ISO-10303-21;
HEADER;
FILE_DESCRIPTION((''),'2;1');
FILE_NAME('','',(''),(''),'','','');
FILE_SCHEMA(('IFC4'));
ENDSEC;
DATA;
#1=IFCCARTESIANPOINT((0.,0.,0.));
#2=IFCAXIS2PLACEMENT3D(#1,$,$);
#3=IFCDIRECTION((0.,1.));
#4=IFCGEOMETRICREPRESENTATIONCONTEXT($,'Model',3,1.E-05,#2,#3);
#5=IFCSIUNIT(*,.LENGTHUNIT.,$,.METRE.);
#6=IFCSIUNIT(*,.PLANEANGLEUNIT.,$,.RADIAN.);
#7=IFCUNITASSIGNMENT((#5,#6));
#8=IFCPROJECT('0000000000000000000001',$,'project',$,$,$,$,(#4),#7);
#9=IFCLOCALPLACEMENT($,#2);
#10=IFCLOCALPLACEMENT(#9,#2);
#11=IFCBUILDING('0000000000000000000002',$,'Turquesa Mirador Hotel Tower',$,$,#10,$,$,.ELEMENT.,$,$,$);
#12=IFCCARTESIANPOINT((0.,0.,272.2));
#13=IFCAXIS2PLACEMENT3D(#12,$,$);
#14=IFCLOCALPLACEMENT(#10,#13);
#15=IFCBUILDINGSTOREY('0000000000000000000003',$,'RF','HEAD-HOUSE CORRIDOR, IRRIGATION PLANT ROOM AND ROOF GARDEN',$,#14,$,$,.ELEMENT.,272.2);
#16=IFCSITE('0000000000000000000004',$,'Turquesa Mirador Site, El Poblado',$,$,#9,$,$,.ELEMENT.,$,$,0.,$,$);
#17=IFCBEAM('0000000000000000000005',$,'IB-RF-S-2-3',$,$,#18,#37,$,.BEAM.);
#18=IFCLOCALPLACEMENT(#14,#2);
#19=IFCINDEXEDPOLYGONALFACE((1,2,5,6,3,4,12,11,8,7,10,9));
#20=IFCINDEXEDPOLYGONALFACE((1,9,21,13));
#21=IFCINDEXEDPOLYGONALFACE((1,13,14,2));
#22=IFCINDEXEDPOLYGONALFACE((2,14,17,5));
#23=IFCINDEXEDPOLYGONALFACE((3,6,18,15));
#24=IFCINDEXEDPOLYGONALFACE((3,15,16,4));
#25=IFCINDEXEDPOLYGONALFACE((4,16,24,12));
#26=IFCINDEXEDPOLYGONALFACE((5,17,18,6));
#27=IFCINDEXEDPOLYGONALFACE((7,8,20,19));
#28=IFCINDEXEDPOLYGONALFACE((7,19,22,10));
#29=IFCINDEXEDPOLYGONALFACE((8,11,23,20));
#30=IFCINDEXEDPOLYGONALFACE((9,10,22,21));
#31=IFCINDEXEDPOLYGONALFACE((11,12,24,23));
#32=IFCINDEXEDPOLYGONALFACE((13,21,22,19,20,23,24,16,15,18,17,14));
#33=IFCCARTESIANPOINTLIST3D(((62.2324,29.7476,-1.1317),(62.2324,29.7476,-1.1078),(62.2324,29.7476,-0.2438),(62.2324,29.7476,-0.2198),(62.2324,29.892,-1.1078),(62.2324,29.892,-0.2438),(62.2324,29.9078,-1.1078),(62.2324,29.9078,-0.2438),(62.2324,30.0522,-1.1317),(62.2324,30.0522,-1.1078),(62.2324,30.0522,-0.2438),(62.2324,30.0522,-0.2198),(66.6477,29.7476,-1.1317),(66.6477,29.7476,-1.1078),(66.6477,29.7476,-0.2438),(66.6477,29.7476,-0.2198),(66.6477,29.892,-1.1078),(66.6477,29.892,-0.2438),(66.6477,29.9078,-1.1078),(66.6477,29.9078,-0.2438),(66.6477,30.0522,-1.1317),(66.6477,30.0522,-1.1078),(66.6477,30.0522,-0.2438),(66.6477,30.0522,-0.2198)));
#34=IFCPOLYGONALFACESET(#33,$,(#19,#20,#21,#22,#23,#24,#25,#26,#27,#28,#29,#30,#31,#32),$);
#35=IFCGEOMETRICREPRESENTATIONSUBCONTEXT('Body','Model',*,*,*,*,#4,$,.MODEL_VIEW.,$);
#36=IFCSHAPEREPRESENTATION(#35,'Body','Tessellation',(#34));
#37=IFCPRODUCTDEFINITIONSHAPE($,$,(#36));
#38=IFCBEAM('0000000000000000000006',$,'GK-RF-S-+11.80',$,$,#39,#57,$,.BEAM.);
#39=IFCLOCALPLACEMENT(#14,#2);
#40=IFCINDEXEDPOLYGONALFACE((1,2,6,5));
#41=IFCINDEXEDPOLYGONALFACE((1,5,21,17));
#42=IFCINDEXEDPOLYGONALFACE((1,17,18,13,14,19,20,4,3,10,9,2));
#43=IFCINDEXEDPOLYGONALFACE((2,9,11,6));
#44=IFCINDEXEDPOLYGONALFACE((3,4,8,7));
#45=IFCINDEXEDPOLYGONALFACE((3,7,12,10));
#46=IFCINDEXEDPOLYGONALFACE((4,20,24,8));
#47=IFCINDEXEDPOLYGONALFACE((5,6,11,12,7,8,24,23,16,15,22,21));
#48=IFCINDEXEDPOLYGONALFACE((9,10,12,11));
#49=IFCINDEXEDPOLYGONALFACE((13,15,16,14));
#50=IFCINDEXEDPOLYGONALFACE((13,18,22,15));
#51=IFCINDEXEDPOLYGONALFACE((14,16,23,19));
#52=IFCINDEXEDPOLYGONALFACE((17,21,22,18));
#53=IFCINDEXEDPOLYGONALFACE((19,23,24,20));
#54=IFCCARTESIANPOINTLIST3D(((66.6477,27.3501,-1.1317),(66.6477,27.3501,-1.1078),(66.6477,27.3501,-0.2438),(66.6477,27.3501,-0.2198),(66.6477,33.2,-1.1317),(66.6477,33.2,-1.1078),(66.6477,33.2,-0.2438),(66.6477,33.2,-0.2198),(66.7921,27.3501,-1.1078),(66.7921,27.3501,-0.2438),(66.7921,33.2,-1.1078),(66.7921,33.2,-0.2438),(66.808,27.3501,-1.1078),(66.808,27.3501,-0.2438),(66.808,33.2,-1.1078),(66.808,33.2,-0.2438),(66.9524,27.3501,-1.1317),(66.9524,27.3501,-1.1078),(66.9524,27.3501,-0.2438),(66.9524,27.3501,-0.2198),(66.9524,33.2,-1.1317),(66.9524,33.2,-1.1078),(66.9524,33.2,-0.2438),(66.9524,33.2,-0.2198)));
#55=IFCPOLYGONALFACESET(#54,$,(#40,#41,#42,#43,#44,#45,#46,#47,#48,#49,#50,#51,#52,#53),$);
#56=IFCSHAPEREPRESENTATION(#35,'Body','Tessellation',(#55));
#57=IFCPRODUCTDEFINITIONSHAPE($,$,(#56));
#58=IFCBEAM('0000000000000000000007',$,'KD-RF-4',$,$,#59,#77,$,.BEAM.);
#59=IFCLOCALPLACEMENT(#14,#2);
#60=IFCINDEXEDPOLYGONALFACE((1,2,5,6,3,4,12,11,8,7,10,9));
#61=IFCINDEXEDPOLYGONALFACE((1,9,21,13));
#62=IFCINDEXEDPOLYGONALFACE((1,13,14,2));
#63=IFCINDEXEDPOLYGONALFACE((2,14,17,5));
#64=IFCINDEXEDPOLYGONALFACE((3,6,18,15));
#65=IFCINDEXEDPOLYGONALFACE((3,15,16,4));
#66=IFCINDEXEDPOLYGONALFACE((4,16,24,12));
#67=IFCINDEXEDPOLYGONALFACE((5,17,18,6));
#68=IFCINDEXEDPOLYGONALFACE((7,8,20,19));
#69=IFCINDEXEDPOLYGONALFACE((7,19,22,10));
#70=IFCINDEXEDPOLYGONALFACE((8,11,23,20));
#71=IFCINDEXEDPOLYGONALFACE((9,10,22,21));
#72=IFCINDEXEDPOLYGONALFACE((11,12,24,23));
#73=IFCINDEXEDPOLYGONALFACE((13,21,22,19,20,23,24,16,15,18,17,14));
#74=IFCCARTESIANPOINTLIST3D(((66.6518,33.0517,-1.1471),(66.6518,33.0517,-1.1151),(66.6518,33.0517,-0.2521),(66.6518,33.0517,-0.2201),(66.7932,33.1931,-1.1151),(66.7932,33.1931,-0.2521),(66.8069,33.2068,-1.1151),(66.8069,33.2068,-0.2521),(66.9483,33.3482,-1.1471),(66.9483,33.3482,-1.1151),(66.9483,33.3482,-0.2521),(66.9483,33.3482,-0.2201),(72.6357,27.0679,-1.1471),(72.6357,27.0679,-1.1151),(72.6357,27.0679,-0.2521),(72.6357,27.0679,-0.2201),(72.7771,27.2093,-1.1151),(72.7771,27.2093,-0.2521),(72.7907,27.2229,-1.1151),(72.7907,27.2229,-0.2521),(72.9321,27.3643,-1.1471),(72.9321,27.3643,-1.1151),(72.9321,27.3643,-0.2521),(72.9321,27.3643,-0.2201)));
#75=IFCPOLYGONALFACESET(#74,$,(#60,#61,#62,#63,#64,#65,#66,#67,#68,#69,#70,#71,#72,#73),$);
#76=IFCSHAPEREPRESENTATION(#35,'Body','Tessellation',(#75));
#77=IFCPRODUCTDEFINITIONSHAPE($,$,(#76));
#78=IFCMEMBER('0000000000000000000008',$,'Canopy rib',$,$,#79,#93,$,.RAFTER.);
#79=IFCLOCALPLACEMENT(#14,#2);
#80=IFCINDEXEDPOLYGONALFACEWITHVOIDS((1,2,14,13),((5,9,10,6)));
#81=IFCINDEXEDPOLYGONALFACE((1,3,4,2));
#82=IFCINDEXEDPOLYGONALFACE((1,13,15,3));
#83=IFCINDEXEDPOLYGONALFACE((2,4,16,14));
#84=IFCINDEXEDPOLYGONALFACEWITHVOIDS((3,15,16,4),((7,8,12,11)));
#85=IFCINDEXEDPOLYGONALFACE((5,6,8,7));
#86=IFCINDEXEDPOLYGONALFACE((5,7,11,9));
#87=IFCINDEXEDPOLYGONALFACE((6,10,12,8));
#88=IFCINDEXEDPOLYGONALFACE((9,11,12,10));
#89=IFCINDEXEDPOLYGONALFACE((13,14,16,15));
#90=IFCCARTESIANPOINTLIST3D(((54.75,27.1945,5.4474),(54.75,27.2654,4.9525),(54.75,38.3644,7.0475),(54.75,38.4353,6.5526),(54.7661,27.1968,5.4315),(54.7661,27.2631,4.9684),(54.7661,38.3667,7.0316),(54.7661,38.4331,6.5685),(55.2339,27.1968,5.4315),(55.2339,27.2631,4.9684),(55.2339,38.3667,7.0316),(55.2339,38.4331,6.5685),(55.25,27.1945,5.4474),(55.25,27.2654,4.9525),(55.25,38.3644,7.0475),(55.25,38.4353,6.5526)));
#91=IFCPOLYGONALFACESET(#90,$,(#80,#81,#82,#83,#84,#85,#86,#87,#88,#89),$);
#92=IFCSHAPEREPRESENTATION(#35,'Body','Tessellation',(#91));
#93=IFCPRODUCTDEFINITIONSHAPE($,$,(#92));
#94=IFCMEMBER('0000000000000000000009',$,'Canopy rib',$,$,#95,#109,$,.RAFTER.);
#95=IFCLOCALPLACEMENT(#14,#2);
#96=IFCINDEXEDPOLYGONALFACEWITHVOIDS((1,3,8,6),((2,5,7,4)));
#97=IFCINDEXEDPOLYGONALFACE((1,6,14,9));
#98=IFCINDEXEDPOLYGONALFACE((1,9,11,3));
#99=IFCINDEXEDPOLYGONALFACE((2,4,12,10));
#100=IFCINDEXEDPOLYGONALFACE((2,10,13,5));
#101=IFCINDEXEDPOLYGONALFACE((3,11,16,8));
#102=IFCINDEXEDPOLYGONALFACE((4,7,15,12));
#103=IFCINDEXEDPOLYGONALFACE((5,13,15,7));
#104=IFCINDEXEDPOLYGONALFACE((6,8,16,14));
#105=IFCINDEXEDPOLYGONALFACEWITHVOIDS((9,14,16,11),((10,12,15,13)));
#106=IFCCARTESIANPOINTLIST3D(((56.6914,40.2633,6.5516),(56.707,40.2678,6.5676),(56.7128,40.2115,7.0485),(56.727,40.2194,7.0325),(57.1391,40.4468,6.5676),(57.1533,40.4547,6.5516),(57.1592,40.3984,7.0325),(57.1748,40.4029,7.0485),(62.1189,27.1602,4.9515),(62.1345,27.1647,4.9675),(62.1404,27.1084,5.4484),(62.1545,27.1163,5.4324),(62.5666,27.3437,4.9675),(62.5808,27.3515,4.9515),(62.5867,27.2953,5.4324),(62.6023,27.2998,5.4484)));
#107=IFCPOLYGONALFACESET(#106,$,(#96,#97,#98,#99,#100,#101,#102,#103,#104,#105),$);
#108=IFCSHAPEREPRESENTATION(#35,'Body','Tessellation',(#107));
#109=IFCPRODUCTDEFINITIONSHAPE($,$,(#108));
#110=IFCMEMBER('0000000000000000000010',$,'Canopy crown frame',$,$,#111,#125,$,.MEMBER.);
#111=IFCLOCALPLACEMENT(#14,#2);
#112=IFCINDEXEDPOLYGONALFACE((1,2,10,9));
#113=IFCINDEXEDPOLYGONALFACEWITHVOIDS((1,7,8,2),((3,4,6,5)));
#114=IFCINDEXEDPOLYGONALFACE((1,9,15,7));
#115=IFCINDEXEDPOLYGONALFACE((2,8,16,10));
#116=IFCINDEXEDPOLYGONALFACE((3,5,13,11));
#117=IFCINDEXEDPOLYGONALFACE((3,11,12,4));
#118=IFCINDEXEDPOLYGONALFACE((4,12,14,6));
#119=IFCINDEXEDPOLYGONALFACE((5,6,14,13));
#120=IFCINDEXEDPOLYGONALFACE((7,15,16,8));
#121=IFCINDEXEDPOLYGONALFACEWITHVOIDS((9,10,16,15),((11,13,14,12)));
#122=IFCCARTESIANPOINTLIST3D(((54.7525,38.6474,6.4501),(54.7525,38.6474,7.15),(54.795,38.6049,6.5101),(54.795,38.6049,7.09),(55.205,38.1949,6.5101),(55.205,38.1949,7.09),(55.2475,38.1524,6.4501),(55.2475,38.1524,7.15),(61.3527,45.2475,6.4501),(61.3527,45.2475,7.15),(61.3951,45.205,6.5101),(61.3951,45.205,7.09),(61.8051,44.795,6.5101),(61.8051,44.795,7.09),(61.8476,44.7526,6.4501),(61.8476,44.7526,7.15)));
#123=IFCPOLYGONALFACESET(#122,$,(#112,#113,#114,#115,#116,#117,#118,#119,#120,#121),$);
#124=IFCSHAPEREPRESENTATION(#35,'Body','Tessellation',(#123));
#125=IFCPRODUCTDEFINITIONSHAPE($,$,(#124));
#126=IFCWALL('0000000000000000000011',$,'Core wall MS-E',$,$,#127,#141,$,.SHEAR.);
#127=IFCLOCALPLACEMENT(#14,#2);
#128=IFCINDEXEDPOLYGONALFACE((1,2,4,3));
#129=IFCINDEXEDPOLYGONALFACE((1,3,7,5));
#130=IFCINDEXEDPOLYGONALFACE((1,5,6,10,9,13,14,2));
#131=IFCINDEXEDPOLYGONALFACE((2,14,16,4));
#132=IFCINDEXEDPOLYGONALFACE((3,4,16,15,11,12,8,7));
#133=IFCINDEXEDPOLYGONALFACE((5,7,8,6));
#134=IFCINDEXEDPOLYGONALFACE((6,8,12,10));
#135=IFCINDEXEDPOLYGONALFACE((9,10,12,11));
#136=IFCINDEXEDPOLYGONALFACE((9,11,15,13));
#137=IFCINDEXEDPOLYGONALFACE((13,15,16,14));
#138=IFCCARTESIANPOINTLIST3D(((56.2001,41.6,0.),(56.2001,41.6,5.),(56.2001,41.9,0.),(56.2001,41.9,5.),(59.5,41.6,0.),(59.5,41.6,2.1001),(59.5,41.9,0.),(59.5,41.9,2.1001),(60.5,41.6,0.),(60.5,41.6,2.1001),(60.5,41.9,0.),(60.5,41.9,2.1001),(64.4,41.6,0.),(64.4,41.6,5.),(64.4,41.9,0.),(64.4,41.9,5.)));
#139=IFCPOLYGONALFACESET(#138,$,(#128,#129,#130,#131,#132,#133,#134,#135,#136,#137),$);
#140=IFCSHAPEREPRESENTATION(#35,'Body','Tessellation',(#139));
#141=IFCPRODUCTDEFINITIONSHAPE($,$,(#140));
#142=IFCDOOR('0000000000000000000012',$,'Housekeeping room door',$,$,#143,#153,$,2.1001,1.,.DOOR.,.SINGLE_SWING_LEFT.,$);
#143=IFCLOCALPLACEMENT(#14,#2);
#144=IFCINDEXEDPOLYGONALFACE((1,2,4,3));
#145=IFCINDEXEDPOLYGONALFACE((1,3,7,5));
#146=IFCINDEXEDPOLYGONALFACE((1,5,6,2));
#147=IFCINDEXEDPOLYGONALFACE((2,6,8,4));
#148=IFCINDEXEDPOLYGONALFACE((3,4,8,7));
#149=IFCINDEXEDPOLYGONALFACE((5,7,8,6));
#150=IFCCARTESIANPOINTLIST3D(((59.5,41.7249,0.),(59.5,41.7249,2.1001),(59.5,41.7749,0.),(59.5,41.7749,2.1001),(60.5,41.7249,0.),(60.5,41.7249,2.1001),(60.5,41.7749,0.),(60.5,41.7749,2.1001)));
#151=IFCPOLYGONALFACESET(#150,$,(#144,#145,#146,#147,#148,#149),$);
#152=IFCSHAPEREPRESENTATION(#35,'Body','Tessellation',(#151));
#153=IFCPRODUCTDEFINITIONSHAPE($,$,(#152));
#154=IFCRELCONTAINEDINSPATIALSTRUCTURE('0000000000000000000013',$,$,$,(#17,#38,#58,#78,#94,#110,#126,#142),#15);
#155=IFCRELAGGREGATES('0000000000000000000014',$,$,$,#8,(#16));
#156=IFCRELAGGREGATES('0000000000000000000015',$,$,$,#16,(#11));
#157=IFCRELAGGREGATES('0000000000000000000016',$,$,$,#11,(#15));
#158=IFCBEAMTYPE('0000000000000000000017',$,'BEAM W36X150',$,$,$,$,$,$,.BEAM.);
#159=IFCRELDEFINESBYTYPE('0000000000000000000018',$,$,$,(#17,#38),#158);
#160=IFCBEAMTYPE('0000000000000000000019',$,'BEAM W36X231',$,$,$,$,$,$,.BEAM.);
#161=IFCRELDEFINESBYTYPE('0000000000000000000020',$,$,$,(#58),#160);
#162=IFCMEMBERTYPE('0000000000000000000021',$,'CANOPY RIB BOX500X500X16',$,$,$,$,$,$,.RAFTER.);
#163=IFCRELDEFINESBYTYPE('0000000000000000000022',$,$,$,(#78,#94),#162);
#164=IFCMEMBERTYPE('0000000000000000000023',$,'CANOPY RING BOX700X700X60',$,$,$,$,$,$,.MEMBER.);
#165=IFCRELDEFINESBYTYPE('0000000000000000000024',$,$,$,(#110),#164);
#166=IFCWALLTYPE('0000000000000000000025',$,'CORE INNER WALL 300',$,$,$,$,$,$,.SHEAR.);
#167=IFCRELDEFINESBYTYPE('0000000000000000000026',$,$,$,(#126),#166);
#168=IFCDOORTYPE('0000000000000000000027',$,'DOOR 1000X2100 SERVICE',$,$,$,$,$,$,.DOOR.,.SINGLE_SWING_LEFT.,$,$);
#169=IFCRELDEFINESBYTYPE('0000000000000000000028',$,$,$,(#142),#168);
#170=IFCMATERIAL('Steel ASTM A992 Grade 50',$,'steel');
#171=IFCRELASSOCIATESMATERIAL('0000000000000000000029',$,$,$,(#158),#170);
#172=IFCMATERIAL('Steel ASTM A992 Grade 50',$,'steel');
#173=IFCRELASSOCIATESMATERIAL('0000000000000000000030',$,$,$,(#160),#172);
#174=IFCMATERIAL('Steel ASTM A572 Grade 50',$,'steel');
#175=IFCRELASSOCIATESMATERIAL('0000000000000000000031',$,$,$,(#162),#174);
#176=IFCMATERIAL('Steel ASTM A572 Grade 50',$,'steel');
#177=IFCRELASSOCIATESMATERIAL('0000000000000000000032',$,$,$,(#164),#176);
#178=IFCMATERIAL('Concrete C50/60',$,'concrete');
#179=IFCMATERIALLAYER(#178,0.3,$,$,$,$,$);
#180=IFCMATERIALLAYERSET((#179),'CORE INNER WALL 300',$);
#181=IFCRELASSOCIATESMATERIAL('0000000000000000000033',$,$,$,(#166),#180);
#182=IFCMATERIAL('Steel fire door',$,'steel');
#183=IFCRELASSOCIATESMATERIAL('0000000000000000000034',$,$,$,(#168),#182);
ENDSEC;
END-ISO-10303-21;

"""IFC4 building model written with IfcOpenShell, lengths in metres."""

from ifc_helpers import new_model, si_unit, direction, frame, frame_2d, origin, origin_2d, place, context, subcontext, project, spatial, rectangle, hollow_rectangle, i_section, extrude, material, layer, layer_set, material_profile, profile_set, type_object, element, fill, save


model = new_model("IFC4")

# Units and contexts
model_context = context("Model", 3, precision=1e-05, world=origin(), true_north=direction((0.0, 1.0)))
body_context = subcontext(model_context, "Body", "Model", "MODEL_VIEW")
ifc_project = project(units=[si_unit("LENGTHUNIT", "METRE"), si_unit("PLANEANGLEUNIT", "RADIAN")], contexts=[model_context])

# Site, building, storey
site_placement = place(None, origin())
site = spatial("IfcSite", under=ifc_project, at=site_placement, Name="Turquesa Mirador Site, El Poblado", CompositionType="ELEMENT", RefElevation=0.0)
building_placement = place(site_placement, origin())
building = spatial("IfcBuilding", under=site, at=building_placement, Name="Turquesa Mirador Hotel Tower", CompositionType="ELEMENT")
storey_placement = place(building_placement, frame((0.0, 0.0, 272.2)))
storey = spatial("IfcBuildingStorey", under=building, at=storey_placement, Name="RF", Description="HEAD-HOUSE CORRIDOR, IRRIGATION PLANT ROOM AND ROOF GARDEN", CompositionType="ELEMENT", Elevation=272.2)

# Beams
ifc_material_1 = material(Name="Steel ASTM A992 Grade 50", Category="steel")
ifc_material_profile_1 = material_profile(ifc_material_1, i_section(OverallWidth=0.3047, OverallDepth=0.9119, WebThickness=0.0159, FlangeThickness=0.0239, at=origin_2d()), Name="W36X150")
ifc_profile_set_1 = profile_set([ifc_material_profile_1], Name="Steel ASTM A992 Grade 50")
beam_type_1 = type_object("IfcBeamType", Name="BEAM W36X150", PredefinedType="BEAM", material=ifc_profile_set_1)
beam_1_placement = place(storey_placement, frame((62.2324, 29.8999, -0.6758), z_axis=(1.0, 0.0, 0.0), x_axis=(0.0, 1.0, 0.0)))
element("IfcBeam", 1, at=beam_1_placement, inside=storey, type_object=beam_type_1, Name="IB-RF-S-2-3", PredefinedType="BEAM", context=body_context, shape_type="SweptSolid", body=[
    extrude(i_section(OverallWidth=0.3047, OverallDepth=0.9119, WebThickness=0.0159, FlangeThickness=0.0239, at=origin_2d()), origin(), (0.0, 0.0, 1.0), 4.4153),
])
beam_2_placement = place(storey_placement, frame((66.8, 27.3501, -0.6758), z_axis=(0.0, 1.0, 0.0), x_axis=(-1.0, 0.0, 0.0)))
element("IfcBeam", 2, at=beam_2_placement, inside=storey, type_object=beam_type_1, Name="GK-RF-S-+11.80", PredefinedType="BEAM", context=body_context, shape_type="SweptSolid", body=[
    extrude(i_section(OverallWidth=0.3047, OverallDepth=0.9119, WebThickness=0.0159, FlangeThickness=0.0239, at=origin_2d()), origin(), (0.0, 0.0, 1.0), 5.8499),
])
ifc_material_2 = material(Name="Steel ASTM A992 Grade 50", Category="steel")
ifc_material_profile_2 = material_profile(ifc_material_2, i_section(OverallWidth=0.4192, OverallDepth=0.927, WebThickness=0.0193, FlangeThickness=0.032, at=origin_2d()), Name="W36X231")
ifc_profile_set_2 = profile_set([ifc_material_profile_2], Name="Steel ASTM A992 Grade 50")
beam_type_2 = type_object("IfcBeamType", Name="BEAM W36X231", PredefinedType="BEAM", material=ifc_profile_set_2)
beam_3_placement = place(storey_placement, frame((66.8, 33.2, -0.6836), z_axis=(0.707107, -0.707107, 0.0), x_axis=(0.707107, 0.707107, 0.0)))
element("IfcBeam", 3, at=beam_3_placement, inside=storey, type_object=beam_type_2, Name="KD-RF-4", PredefinedType="BEAM", context=body_context, shape_type="SweptSolid", body=[
    extrude(i_section(OverallWidth=0.4192, OverallDepth=0.927, WebThickness=0.0193, FlangeThickness=0.032, at=origin_2d()), origin(), (0.0, 0.0, 1.0), 8.4624),
])

# Members
ifc_material_3 = material(Name="Steel ASTM A572 Grade 50", Category="steel")
ifc_material_profile_3 = material_profile(ifc_material_3, hollow_rectangle(XDim=0.5, YDim=0.5, WallThickness=0.0161, at=origin_2d()), Name="BOX500X500X16")
ifc_profile_set_3 = profile_set([ifc_material_profile_3], Name="Steel ASTM A572 Grade 50")
member_type_1 = type_object("IfcMemberType", Name="CANOPY RIB BOX500X500X16", PredefinedType="RAFTER", material=ifc_profile_set_3)
member_1_placement = place(storey_placement, frame((55.0, 27.23, 5.2), z_axis=(0.0, 0.989895, 0.141803), x_axis=(-1.0, 0.0, 0.0)))
element("IfcMember", 4, at=member_1_placement, inside=storey, type_object=member_type_1, Name="Canopy rib", PredefinedType="RAFTER", context=body_context, shape_type="SweptSolid", body=[
    extrude(hollow_rectangle(XDim=0.5, YDim=0.5, WallThickness=0.0161, at=origin_2d()), origin(), (0.0, 0.0, 1.0), 11.2839),
])
member_2_placement = place(storey_placement, frame((62.3606, 27.23, 5.2), z_axis=(-0.380273, 0.918054, 0.11211), x_axis=(-0.923879, -0.382686, 0.0)))
element("IfcMember", 5, at=member_2_placement, inside=storey, type_object=member_type_1, Name="Canopy rib", PredefinedType="RAFTER", context=body_context, shape_type="SweptSolid", body=[
    extrude(hollow_rectangle(XDim=0.5, YDim=0.5, WallThickness=0.0161, at=origin_2d()), origin(), (0.0, 0.0, 1.0), 14.2727),
])
ifc_material_4 = material(Name="Steel ASTM A572 Grade 50", Category="steel")
ifc_material_profile_4 = material_profile(ifc_material_4, hollow_rectangle(XDim=0.7, YDim=0.7, WallThickness=0.0601, at=origin_2d()), Name="BOX700X700X60")
ifc_profile_set_4 = profile_set([ifc_material_profile_4], Name="Steel ASTM A572 Grade 50")
member_type_2 = type_object("IfcMemberType", Name="CANOPY RING BOX700X700X60", PredefinedType="MEMBER", material=ifc_profile_set_4)
member_3_placement = place(storey_placement, frame((55.0, 38.3999, 6.8), z_axis=(0.707107, 0.707107, 0.0), x_axis=(-0.707107, 0.707107, 0.0)))
element("IfcMember", 6, at=member_3_placement, inside=storey, type_object=member_type_2, Name="Canopy crown frame", PredefinedType="MEMBER", context=body_context, shape_type="SweptSolid", body=[
    extrude(hollow_rectangle(XDim=0.7, YDim=0.7, WallThickness=0.0601, at=origin_2d()), origin(), (0.0, 0.0, 1.0), 9.334),
])

# Wall, opening, door
ifc_material_5 = material(Name="Concrete C50/60", Category="concrete")
ifc_layer_1 = layer(ifc_material_5, 0.3)
ifc_layer_set_1 = layer_set([ifc_layer_1], Name="CORE INNER WALL 300")
wall_type_1 = type_object("IfcWallType", Name="CORE INNER WALL 300", PredefinedType="SHEAR", material=ifc_layer_set_1)
wall_1_placement = place(storey_placement, frame((56.2, 41.75, 0.0), z_axis=(0.0, 0.0, 1.0), x_axis=(1.0, 0.0, 0.0)))
wall_1 = element("IfcWall", 7, at=wall_1_placement, inside=storey, type_object=wall_type_1, Name="Core wall MS-E", PredefinedType="SHEAR", context=body_context, shape_type="SweptSolid", body=[
    extrude(rectangle(XDim=8.2, YDim=0.3, at=frame_2d((4.1001, 0.0))), origin(), (0.0, 0.0, 1.0), 5.0),
])
opening_1_placement = place(wall_1_placement, frame((3.3, 0.0, 0.0)))
opening_1 = element("IfcOpeningElement", 8, at=opening_1_placement, cuts=wall_1, PredefinedType="OPENING", context=body_context, shape_type="SweptSolid", body=[
    extrude(rectangle(XDim=1.0, YDim=2.1001, at=frame_2d((0.5, 1.05))), frame((0.0, 0.1599, 0.0), z_axis=(0.0, -1.0, 0.0), x_axis=(1.0, 0.0, 0.0)), (0.0, 0.0, 1.0), 0.3201),
])
ifc_material_6 = material(Name="Steel fire door", Category="steel")
door_type_1 = type_object("IfcDoorType", Name="DOOR 1000X2100 SERVICE", OperationType="SINGLE_SWING_LEFT", PredefinedType="DOOR", material=ifc_material_6)
door_1_placement = place(opening_1_placement, origin())
door_1 = element("IfcDoor", 9, at=door_1_placement, inside=storey, type_object=door_type_1, Name="Housekeeping room door", OperationType="SINGLE_SWING_LEFT", OverallHeight=2.1001, OverallWidth=1.0, PredefinedType="DOOR", context=body_context, shape_type="SweptSolid", body=[
    extrude(rectangle(XDim=1.0, YDim=2.1001, at=frame_2d((0.5, 1.05))), frame((0.0, 0.0249, 0.0), z_axis=(0.0, -1.0, 0.0), x_axis=(1.0, 0.0, 0.0)), (0.0, 0.0, 1.0), 0.05),
])
fill(opening_1, door_1)

save(model, "model.ifc")
